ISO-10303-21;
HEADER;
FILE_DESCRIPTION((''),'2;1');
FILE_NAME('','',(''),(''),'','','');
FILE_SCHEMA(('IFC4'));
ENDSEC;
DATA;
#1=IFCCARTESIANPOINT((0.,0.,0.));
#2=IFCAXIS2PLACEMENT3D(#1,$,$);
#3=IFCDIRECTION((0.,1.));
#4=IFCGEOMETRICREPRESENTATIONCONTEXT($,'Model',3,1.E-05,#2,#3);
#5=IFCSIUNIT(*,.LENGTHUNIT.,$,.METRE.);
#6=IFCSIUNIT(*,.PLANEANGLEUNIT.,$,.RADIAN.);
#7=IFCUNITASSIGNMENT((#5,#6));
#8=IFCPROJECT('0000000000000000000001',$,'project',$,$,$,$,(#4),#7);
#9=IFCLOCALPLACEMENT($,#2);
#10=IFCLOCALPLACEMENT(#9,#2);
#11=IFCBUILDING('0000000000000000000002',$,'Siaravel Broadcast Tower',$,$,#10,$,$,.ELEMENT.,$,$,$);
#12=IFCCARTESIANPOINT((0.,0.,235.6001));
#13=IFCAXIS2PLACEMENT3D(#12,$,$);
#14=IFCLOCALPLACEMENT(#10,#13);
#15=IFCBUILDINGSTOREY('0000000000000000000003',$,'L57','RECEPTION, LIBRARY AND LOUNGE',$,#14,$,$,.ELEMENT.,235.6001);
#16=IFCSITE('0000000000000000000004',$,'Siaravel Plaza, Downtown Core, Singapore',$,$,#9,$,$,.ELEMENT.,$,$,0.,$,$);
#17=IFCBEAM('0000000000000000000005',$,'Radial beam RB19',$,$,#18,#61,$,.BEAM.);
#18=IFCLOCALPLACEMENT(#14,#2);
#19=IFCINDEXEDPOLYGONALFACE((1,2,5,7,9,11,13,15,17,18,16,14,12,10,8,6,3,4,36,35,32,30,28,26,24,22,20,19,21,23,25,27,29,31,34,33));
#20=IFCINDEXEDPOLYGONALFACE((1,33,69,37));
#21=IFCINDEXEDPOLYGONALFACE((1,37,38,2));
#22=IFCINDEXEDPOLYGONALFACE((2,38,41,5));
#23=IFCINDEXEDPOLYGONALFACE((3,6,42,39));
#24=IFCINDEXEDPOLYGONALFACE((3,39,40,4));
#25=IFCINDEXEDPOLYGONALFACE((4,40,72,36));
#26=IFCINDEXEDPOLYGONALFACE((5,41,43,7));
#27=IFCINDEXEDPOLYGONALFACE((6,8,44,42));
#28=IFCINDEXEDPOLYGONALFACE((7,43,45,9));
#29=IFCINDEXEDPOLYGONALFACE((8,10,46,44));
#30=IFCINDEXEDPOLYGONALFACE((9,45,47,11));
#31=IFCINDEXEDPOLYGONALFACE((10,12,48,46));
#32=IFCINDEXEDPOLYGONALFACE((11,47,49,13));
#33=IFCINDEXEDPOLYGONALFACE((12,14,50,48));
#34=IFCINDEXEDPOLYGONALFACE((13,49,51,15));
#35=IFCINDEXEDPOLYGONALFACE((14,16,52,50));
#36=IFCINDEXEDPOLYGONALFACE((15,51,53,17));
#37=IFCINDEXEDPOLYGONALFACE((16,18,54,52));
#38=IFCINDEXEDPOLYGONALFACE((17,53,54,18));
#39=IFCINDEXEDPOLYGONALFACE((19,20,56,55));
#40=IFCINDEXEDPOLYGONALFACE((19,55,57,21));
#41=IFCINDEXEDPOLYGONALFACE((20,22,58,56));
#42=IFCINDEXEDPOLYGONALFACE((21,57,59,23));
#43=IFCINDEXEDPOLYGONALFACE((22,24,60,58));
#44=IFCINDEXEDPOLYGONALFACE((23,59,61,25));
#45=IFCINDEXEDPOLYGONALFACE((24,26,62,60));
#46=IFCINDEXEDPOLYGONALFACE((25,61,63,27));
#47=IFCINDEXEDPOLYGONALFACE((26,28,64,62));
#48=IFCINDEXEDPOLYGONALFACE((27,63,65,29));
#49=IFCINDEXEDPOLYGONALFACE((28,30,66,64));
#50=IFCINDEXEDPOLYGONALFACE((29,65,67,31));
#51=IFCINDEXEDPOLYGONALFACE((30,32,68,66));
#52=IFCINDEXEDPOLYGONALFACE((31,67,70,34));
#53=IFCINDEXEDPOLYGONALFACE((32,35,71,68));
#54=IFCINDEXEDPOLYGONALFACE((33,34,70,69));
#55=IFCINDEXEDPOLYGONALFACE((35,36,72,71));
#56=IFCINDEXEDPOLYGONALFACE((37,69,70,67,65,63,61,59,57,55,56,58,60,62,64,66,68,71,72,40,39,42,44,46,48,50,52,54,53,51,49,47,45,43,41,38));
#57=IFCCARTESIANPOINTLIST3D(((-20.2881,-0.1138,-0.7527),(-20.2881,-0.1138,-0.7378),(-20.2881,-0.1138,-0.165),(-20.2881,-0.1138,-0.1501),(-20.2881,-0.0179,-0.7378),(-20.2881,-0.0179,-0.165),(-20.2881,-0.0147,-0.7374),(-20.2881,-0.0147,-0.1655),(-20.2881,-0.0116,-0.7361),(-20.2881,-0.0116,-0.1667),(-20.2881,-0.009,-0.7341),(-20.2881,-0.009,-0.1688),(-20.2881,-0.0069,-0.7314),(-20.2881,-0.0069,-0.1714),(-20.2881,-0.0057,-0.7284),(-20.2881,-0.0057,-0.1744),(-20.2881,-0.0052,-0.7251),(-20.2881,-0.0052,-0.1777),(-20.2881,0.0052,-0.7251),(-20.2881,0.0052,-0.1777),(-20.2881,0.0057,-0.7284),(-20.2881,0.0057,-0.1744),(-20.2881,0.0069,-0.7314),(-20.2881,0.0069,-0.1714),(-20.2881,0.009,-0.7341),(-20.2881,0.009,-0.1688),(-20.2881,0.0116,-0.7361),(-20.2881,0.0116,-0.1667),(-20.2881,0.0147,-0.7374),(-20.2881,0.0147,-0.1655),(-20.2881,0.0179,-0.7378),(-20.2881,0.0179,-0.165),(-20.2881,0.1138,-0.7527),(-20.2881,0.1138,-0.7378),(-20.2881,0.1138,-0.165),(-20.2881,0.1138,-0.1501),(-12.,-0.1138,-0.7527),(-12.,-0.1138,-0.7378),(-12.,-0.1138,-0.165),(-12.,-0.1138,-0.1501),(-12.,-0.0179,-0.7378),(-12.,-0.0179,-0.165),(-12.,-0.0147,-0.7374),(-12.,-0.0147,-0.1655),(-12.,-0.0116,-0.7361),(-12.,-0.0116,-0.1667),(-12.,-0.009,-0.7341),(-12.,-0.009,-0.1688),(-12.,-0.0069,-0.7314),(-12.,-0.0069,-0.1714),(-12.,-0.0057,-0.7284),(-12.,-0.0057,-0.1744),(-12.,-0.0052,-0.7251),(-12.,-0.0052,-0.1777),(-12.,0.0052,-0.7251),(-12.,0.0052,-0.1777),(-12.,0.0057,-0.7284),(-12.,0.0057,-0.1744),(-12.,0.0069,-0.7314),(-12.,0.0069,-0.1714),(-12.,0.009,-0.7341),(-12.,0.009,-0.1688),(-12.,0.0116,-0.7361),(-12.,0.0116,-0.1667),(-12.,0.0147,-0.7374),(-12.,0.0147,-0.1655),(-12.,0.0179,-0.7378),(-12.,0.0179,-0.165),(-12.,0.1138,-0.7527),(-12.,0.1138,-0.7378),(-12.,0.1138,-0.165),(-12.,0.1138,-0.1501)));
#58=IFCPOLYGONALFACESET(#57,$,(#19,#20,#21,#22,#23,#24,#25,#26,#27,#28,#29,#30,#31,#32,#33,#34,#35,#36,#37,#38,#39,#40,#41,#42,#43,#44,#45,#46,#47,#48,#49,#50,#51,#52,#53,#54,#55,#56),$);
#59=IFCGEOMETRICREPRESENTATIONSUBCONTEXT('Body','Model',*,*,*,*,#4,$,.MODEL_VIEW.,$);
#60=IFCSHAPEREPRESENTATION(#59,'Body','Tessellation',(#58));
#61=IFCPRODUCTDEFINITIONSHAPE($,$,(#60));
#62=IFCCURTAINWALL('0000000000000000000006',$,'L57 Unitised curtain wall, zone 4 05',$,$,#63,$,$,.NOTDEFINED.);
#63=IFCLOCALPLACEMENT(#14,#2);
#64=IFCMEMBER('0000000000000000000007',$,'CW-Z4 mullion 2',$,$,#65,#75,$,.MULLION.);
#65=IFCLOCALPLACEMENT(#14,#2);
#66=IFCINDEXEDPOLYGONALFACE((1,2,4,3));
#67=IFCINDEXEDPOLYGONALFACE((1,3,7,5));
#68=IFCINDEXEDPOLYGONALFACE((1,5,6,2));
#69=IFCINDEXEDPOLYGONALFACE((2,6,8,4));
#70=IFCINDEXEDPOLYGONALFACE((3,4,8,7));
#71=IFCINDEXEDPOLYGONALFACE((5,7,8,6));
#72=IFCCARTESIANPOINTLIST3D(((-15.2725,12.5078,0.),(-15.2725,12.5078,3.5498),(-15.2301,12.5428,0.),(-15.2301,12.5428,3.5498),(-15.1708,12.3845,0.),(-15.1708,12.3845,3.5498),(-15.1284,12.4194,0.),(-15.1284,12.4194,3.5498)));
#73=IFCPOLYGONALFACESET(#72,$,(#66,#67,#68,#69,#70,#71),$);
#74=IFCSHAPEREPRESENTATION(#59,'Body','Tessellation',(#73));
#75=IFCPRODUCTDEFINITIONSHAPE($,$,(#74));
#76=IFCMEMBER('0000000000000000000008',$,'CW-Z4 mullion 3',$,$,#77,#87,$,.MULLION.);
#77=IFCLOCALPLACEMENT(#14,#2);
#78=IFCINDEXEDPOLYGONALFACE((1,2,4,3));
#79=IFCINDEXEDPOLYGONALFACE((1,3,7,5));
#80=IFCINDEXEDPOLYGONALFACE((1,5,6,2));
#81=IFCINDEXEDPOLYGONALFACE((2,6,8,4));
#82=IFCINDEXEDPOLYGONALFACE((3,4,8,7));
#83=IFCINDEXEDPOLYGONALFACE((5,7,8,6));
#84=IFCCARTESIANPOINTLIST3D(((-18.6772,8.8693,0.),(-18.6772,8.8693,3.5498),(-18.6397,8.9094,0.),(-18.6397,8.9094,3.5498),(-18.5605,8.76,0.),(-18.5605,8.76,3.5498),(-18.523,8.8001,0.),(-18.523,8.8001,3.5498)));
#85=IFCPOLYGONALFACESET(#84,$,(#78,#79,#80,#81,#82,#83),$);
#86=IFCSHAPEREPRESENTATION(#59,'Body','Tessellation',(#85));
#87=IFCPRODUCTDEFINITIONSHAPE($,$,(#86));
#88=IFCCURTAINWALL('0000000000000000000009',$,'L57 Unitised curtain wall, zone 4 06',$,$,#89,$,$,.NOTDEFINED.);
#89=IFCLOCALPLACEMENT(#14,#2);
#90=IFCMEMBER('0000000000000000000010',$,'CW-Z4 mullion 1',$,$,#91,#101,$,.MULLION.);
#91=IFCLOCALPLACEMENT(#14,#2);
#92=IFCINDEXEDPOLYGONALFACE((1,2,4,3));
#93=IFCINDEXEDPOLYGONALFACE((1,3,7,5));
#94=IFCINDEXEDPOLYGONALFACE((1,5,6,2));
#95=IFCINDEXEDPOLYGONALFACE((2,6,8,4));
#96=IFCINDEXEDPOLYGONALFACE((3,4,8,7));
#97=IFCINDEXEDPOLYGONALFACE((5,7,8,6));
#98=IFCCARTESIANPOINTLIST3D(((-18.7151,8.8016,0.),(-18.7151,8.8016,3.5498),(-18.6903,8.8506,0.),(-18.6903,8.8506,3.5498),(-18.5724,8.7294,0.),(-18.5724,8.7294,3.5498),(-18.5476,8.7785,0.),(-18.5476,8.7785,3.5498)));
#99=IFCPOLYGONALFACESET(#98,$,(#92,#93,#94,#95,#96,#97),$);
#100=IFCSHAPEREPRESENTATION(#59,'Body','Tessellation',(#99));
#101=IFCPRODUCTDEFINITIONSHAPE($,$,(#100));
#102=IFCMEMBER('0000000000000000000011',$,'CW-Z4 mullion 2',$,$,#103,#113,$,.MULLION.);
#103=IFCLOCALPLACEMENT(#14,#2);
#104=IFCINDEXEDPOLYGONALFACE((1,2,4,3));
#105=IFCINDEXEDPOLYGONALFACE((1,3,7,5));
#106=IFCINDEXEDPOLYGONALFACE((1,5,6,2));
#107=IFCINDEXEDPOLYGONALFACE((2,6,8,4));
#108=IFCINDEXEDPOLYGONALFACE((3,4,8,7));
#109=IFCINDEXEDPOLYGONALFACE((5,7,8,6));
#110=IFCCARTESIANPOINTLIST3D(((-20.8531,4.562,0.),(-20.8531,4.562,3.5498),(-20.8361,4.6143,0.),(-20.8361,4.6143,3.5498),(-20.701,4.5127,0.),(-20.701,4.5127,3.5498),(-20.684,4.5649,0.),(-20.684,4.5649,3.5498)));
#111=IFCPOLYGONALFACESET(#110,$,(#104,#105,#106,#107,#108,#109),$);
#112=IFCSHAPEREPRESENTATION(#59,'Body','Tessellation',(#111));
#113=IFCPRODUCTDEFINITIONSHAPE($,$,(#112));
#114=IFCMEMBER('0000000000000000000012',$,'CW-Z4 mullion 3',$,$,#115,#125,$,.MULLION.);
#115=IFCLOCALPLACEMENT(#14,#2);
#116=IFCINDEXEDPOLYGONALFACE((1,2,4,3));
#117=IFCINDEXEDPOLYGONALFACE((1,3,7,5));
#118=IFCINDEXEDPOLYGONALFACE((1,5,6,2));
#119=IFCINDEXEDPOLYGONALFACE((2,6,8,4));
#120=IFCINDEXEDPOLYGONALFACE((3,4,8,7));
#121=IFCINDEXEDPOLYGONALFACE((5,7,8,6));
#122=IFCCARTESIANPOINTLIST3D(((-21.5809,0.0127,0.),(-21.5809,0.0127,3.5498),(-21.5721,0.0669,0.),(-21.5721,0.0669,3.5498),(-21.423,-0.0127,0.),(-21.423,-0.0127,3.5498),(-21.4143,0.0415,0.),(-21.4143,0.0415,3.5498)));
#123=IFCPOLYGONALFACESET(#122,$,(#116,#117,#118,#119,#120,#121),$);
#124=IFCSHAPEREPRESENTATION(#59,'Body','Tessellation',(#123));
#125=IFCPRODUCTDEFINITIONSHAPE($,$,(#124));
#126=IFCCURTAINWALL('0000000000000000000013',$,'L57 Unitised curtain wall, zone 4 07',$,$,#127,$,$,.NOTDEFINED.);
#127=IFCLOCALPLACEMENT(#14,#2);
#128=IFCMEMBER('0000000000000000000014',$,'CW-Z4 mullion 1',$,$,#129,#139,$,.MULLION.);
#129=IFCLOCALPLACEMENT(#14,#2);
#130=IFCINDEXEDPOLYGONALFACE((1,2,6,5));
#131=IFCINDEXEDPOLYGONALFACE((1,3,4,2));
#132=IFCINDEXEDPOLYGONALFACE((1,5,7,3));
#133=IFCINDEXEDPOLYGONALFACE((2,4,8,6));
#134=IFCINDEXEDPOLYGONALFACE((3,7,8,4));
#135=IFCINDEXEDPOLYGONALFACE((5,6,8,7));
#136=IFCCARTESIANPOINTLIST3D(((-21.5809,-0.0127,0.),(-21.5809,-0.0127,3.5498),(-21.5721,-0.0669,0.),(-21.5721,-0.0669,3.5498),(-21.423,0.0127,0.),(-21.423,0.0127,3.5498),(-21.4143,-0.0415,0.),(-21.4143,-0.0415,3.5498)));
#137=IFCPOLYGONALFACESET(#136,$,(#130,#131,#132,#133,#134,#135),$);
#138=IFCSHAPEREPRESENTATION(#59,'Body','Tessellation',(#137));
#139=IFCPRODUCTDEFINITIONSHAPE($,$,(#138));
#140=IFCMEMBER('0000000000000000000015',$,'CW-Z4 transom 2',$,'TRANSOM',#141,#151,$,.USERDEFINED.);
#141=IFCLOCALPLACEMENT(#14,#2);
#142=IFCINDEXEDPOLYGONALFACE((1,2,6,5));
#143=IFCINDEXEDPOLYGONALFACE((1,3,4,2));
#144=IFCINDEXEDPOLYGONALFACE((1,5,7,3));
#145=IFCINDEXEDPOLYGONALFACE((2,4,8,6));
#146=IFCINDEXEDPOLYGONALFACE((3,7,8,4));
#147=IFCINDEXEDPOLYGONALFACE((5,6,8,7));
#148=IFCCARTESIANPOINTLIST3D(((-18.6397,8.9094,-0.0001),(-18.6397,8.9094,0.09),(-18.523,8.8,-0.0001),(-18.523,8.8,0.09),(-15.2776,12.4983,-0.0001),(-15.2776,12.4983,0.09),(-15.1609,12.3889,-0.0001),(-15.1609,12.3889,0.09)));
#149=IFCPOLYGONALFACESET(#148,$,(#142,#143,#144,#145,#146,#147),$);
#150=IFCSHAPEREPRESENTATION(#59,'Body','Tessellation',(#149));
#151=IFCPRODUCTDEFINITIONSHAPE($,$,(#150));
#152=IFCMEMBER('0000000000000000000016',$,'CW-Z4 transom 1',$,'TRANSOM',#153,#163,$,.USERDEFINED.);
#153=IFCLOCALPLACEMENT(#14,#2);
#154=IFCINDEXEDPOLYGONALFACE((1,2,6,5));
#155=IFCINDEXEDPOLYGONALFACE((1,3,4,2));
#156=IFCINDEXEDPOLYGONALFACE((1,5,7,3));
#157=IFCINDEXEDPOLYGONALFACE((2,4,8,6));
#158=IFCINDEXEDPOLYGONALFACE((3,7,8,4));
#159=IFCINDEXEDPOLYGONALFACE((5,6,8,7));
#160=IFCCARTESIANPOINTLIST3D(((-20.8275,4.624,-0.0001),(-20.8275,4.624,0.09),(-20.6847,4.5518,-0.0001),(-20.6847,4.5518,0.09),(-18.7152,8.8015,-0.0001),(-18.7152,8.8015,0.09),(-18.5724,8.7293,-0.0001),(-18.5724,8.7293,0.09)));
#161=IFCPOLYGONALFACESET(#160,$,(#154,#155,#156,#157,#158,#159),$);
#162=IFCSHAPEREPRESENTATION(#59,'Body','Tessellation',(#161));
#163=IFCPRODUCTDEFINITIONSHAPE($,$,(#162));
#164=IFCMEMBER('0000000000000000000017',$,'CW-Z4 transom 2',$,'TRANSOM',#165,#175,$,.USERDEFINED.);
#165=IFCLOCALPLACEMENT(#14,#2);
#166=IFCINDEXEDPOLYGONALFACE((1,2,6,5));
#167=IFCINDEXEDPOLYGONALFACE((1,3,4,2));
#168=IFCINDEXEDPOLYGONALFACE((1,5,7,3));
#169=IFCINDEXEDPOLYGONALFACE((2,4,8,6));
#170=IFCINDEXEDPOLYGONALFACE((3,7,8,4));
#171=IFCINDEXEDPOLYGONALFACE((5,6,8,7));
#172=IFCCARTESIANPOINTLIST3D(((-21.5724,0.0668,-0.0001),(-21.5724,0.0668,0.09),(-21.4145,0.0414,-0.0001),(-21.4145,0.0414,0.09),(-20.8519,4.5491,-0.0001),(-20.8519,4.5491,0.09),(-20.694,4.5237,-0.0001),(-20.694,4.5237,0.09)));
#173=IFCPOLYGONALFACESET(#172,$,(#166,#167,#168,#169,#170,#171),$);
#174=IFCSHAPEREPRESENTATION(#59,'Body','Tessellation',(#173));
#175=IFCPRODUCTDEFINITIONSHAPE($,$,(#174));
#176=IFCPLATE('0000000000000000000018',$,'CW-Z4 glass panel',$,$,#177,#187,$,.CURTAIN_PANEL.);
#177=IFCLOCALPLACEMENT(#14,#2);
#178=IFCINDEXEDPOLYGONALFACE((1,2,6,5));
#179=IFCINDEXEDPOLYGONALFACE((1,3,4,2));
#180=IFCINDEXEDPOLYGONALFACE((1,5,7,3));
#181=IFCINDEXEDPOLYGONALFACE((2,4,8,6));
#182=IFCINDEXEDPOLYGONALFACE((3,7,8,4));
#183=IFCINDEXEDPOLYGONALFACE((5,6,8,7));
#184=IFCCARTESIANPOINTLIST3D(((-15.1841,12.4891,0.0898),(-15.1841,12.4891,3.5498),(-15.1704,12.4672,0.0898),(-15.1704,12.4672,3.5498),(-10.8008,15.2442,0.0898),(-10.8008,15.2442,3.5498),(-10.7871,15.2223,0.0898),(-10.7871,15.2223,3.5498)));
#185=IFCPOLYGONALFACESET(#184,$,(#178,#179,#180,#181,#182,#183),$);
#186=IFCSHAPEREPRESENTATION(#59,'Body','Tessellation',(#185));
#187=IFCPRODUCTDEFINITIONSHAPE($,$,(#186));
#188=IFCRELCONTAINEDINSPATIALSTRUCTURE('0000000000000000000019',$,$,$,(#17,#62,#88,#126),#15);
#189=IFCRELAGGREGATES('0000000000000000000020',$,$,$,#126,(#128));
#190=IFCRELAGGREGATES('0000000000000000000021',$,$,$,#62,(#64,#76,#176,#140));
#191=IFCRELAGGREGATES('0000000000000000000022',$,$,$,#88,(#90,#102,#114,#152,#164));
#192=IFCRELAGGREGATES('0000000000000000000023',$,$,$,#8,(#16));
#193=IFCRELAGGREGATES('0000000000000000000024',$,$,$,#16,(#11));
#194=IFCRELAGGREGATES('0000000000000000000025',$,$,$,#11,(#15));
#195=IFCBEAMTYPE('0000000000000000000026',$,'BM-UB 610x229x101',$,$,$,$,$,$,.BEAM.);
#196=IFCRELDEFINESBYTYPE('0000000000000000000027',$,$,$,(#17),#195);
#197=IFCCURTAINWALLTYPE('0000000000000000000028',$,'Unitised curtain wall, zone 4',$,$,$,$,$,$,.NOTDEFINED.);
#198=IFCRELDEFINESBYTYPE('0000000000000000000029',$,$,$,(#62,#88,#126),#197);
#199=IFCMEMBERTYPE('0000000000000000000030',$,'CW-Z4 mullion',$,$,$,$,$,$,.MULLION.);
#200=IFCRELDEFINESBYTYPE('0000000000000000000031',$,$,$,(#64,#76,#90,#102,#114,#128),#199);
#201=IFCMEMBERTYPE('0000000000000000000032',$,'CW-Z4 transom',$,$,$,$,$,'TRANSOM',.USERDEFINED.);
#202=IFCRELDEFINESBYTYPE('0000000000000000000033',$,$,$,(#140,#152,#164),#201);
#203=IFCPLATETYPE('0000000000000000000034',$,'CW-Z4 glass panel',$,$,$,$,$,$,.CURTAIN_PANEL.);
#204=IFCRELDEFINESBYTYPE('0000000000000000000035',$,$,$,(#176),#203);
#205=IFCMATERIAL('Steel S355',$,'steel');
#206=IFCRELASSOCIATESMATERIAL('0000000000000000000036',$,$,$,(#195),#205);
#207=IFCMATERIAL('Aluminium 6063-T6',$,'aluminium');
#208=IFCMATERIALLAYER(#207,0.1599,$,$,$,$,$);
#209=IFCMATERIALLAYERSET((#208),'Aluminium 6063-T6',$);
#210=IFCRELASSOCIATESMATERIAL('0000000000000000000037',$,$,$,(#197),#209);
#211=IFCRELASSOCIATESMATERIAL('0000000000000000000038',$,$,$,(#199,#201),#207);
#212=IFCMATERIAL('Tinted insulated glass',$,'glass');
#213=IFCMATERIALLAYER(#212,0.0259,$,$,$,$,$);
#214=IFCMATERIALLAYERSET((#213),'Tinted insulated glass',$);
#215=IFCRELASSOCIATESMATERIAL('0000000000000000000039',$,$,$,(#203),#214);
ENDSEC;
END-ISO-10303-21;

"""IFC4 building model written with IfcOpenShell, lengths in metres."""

from ifc_helpers import new_model, si_unit, direction, frame, origin, origin_2d, place, context, subcontext, project, spatial, rectangle, i_section, extrude, material, layer, layer_set, material_profile, profile_set, type_object, element, aggregate, save


model = new_model("IFC4")

# Units and contexts
model_context = context("Model", 3, precision=1e-05, world=origin(), true_north=direction((0.0, 1.0)))
body_context = subcontext(model_context, "Body", "Model", "MODEL_VIEW")
ifc_project = project(units=[si_unit("LENGTHUNIT", "METRE"), si_unit("PLANEANGLEUNIT", "RADIAN")], contexts=[model_context])

# Site, building, storey
site_placement = place(None, origin())
site = spatial("IfcSite", under=ifc_project, at=site_placement, Name="Siaravel Plaza, Downtown Core, Singapore", CompositionType="ELEMENT", RefElevation=0.0)
building_placement = place(site_placement, origin())
building = spatial("IfcBuilding", under=site, at=building_placement, Name="Siaravel Broadcast Tower", CompositionType="ELEMENT")
storey_placement = place(building_placement, frame((0.0, 0.0, 235.6001)))
storey = spatial("IfcBuildingStorey", under=building, at=storey_placement, Name="L57", Description="RECEPTION, LIBRARY AND LOUNGE", CompositionType="ELEMENT", Elevation=235.6001)

# Beam
ifc_material_1 = material(Name="Steel S355", Category="steel")
ifc_material_profile_1 = material_profile(ifc_material_1, i_section(OverallWidth=0.2275, OverallDepth=0.6025, WebThickness=0.0105, FlangeThickness=0.0149, FilletRadius=0.0127, at=origin_2d()))
ifc_profile_set_1 = profile_set([ifc_material_profile_1], Name="Steel S355")
beam_type = type_object("IfcBeamType", Name="BM-UB 610x229x101", PredefinedType="BEAM", material=ifc_profile_set_1)
beam_1_placement = place(storey_placement, frame((-20.2881, 0.0, -0.4514), z_axis=(1.0, 0.0, 0.0), x_axis=(0.0, 1.0, 0.0)))
element("IfcBeam", 1, at=beam_1_placement, inside=storey, type_object=beam_type, Name="Radial beam RB19", PredefinedType="BEAM", context=body_context, shape_type="SweptSolid", body=[
    extrude(i_section(OverallWidth=0.2275, OverallDepth=0.6025, WebThickness=0.0105, FlangeThickness=0.0149, FilletRadius=0.0127, at=origin_2d()), origin(), (0.0, 0.0, 1.0), 8.2881),
])

# Curtain walls, members
ifc_material_2 = material(Name="Aluminium 6063-T6", Category="aluminium")
ifc_layer_1 = layer(ifc_material_2, 0.1599)
ifc_layer_set_1 = layer_set([ifc_layer_1], Name="Aluminium 6063-T6")
curtain_wall_type = type_object("IfcCurtainWallType", Name="Unitised curtain wall, zone 4", PredefinedType="NOTDEFINED", material=ifc_layer_set_1)
curtain_wall_1_placement = place(storey_placement, origin())
curtain_wall_1 = element("IfcCurtainWall", 2, at=curtain_wall_1_placement, inside=storey, type_object=curtain_wall_type, Name="L57 Unitised curtain wall, zone 4 05", PredefinedType="NOTDEFINED")
ifc_material_profile_2 = material_profile(ifc_material_2, rectangle(XDim=0.1599, YDim=0.0549, at=origin_2d()))
ifc_profile_set_2 = profile_set([ifc_material_profile_2], Name="Aluminium 6063-T6")
member_type_1 = type_object("IfcMemberType", Name="CW-Z4 mullion", PredefinedType="MULLION", material=ifc_profile_set_2)
member_1_placement = place(storey_placement, frame((-15.2004, 12.4636, 0.0), z_axis=(0.0, 0.0, 1.0), x_axis=(0.63622, -0.771508, 0.0)))
member_1 = element("IfcMember", 3, at=member_1_placement, type_object=member_type_1, Name="CW-Z4 mullion 2", PredefinedType="MULLION", context=body_context, shape_type="SweptSolid", body=[
    extrude(rectangle(XDim=0.1599, YDim=0.0549, at=origin_2d()), origin(), (0.0, 0.0, 1.0), 3.5498),
])
member_2_placement = place(storey_placement, frame((-18.6001, 8.8347, 0.0), z_axis=(0.0, 0.0, 1.0), x_axis=(0.729806, -0.683654, 0.0)))
member_2 = element("IfcMember", 4, at=member_2_placement, type_object=member_type_1, Name="CW-Z4 mullion 3", PredefinedType="MULLION", context=body_context, shape_type="SweptSolid", body=[
    extrude(rectangle(XDim=0.1599, YDim=0.0549, at=origin_2d()), origin(), (0.0, 0.0, 1.0), 3.5498),
])
curtain_wall_2_placement = place(storey_placement, origin())
curtain_wall_2 = element("IfcCurtainWall", 5, at=curtain_wall_2_placement, inside=storey, type_object=curtain_wall_type, Name="L57 Unitised curtain wall, zone 4 06", PredefinedType="NOTDEFINED")
member_3_placement = place(storey_placement, frame((-18.6313, 8.79, 0.0), z_axis=(0.0, 0.0, 1.0), x_axis=(0.892393, -0.451259, 0.0)))
member_3 = element("IfcMember", 6, at=member_3_placement, type_object=member_type_1, Name="CW-Z4 mullion 1", PredefinedType="MULLION", context=body_context, shape_type="SweptSolid", body=[
    extrude(rectangle(XDim=0.1599, YDim=0.0549, at=origin_2d()), origin(), (0.0, 0.0, 1.0), 3.5498),
])
member_4_placement = place(storey_placement, frame((-20.7686, 4.5635, 0.0), z_axis=(0.0, 0.0, 1.0), x_axis=(0.951178, -0.308644, 0.0)))
member_4 = element("IfcMember", 7, at=member_4_placement, type_object=member_type_1, Name="CW-Z4 mullion 2", PredefinedType="MULLION", context=body_context, shape_type="SweptSolid", body=[
    extrude(rectangle(XDim=0.1599, YDim=0.0549, at=origin_2d()), origin(), (0.0, 0.0, 1.0), 3.5498),
])
member_5_placement = place(storey_placement, frame((-21.4976, 0.0271, 0.0), z_axis=(0.0, 0.0, 1.0), x_axis=(0.987329, -0.158685, 0.0)))
member_5 = element("IfcMember", 8, at=member_5_placement, type_object=member_type_1, Name="CW-Z4 mullion 3", PredefinedType="MULLION", context=body_context, shape_type="SweptSolid", body=[
    extrude(rectangle(XDim=0.1599, YDim=0.0549, at=origin_2d()), origin(), (0.0, 0.0, 1.0), 3.5498),
])

# Curtain wall, member
curtain_wall_3_placement = place(storey_placement, origin())
curtain_wall_3 = element("IfcCurtainWall", 9, at=curtain_wall_3_placement, inside=storey, type_object=curtain_wall_type, Name="L57 Unitised curtain wall, zone 4 07", PredefinedType="NOTDEFINED")
member_6_placement = place(storey_placement, frame((-21.4976, -0.0271, 0.0), z_axis=(0.0, 0.0, 1.0), x_axis=(0.987329, 0.158685, 0.0)))
member_6 = element("IfcMember", 10, at=member_6_placement, type_object=member_type_1, Name="CW-Z4 mullion 1", PredefinedType="MULLION", context=body_context, shape_type="SweptSolid", body=[
    extrude(rectangle(XDim=0.1599, YDim=0.0549, at=origin_2d()), origin(), (0.0, 0.0, 1.0), 3.5498),
])
aggregate(curtain_wall_3, [member_6])

# Members
ifc_material_profile_3 = material_profile(ifc_material_2, rectangle(XDim=0.1599, YDim=0.0901, at=origin_2d()))
ifc_profile_set_3 = profile_set([ifc_material_profile_3], Name="Aluminium 6063-T6")
member_type_2 = type_object("IfcMemberType", Name="CW-Z4 transom", ElementType="TRANSOM", PredefinedType="USERDEFINED", material=ifc_profile_set_3)
member_7_placement = place(storey_placement, frame((-15.2192, 12.4436, 0.0449), z_axis=(-0.68367, -0.729791, 0.0), x_axis=(0.729791, -0.68367, 0.0)))
member_7 = element("IfcMember", 11, at=member_7_placement, type_object=member_type_2, Name="CW-Z4 transom 2", ObjectType="TRANSOM", PredefinedType="USERDEFINED", context=body_context, shape_type="SweptSolid", body=[
    extrude(rectangle(XDim=0.1599, YDim=0.0901, at=origin_2d()), origin(), (0.0, 0.0, 1.0), 4.9177),
])
member_8_placement = place(storey_placement, frame((-18.6438, 8.7654, 0.0449), z_axis=(-0.451235, -0.892405, 0.0), x_axis=(0.892405, -0.451235, 0.0)))
member_8 = element("IfcMember", 12, at=member_8_placement, type_object=member_type_2, Name="CW-Z4 transom 1", ObjectType="TRANSOM", PredefinedType="USERDEFINED", context=body_context, shape_type="SweptSolid", body=[
    extrude(rectangle(XDim=0.1599, YDim=0.0901, at=origin_2d()), origin(), (0.0, 0.0, 1.0), 4.6812),
])
member_9_placement = place(storey_placement, frame((-20.7729, 4.5364, 0.0449), z_axis=(-0.158701, -0.987327, 0.0), x_axis=(0.987327, -0.158701, 0.0)))
member_9 = element("IfcMember", 13, at=member_9_placement, type_object=member_type_2, Name="CW-Z4 transom 2", ObjectType="TRANSOM", PredefinedType="USERDEFINED", context=body_context, shape_type="SweptSolid", body=[
    extrude(rectangle(XDim=0.1599, YDim=0.0901, at=origin_2d()), origin(), (0.0, 0.0, 1.0), 4.5398),
])

# Plate
ifc_material_3 = material(Name="Tinted insulated glass", Category="glass")
ifc_layer_2 = layer(ifc_material_3, 0.0259)
ifc_layer_set_2 = layer_set([ifc_layer_2], Name="Tinted insulated glass")
plate_type = type_object("IfcPlateType", Name="CW-Z4 glass panel", PredefinedType="CURTAIN_PANEL", material=ifc_layer_set_2)
plate_1_placement = place(storey_placement, frame((-12.9856, 13.8557, 0.0898), z_axis=(0.0, 0.0, 1.0), x_axis=(-0.84665, -0.53215, 0.0)))
plate_1 = element("IfcPlate", 14, at=plate_1_placement, type_object=plate_type, Name="CW-Z4 glass panel", PredefinedType="CURTAIN_PANEL", context=body_context, shape_type="SweptSolid", body=[
    extrude(rectangle(XDim=5.1772, YDim=0.0259, at=origin_2d()), origin(), (0.0, 0.0, 1.0), 3.46),
])
aggregate(curtain_wall_1, [member_1, member_2, plate_1, member_7])
aggregate(curtain_wall_2, [member_3, member_4, member_5, member_8, member_9])

save(model, "model.ifc")
